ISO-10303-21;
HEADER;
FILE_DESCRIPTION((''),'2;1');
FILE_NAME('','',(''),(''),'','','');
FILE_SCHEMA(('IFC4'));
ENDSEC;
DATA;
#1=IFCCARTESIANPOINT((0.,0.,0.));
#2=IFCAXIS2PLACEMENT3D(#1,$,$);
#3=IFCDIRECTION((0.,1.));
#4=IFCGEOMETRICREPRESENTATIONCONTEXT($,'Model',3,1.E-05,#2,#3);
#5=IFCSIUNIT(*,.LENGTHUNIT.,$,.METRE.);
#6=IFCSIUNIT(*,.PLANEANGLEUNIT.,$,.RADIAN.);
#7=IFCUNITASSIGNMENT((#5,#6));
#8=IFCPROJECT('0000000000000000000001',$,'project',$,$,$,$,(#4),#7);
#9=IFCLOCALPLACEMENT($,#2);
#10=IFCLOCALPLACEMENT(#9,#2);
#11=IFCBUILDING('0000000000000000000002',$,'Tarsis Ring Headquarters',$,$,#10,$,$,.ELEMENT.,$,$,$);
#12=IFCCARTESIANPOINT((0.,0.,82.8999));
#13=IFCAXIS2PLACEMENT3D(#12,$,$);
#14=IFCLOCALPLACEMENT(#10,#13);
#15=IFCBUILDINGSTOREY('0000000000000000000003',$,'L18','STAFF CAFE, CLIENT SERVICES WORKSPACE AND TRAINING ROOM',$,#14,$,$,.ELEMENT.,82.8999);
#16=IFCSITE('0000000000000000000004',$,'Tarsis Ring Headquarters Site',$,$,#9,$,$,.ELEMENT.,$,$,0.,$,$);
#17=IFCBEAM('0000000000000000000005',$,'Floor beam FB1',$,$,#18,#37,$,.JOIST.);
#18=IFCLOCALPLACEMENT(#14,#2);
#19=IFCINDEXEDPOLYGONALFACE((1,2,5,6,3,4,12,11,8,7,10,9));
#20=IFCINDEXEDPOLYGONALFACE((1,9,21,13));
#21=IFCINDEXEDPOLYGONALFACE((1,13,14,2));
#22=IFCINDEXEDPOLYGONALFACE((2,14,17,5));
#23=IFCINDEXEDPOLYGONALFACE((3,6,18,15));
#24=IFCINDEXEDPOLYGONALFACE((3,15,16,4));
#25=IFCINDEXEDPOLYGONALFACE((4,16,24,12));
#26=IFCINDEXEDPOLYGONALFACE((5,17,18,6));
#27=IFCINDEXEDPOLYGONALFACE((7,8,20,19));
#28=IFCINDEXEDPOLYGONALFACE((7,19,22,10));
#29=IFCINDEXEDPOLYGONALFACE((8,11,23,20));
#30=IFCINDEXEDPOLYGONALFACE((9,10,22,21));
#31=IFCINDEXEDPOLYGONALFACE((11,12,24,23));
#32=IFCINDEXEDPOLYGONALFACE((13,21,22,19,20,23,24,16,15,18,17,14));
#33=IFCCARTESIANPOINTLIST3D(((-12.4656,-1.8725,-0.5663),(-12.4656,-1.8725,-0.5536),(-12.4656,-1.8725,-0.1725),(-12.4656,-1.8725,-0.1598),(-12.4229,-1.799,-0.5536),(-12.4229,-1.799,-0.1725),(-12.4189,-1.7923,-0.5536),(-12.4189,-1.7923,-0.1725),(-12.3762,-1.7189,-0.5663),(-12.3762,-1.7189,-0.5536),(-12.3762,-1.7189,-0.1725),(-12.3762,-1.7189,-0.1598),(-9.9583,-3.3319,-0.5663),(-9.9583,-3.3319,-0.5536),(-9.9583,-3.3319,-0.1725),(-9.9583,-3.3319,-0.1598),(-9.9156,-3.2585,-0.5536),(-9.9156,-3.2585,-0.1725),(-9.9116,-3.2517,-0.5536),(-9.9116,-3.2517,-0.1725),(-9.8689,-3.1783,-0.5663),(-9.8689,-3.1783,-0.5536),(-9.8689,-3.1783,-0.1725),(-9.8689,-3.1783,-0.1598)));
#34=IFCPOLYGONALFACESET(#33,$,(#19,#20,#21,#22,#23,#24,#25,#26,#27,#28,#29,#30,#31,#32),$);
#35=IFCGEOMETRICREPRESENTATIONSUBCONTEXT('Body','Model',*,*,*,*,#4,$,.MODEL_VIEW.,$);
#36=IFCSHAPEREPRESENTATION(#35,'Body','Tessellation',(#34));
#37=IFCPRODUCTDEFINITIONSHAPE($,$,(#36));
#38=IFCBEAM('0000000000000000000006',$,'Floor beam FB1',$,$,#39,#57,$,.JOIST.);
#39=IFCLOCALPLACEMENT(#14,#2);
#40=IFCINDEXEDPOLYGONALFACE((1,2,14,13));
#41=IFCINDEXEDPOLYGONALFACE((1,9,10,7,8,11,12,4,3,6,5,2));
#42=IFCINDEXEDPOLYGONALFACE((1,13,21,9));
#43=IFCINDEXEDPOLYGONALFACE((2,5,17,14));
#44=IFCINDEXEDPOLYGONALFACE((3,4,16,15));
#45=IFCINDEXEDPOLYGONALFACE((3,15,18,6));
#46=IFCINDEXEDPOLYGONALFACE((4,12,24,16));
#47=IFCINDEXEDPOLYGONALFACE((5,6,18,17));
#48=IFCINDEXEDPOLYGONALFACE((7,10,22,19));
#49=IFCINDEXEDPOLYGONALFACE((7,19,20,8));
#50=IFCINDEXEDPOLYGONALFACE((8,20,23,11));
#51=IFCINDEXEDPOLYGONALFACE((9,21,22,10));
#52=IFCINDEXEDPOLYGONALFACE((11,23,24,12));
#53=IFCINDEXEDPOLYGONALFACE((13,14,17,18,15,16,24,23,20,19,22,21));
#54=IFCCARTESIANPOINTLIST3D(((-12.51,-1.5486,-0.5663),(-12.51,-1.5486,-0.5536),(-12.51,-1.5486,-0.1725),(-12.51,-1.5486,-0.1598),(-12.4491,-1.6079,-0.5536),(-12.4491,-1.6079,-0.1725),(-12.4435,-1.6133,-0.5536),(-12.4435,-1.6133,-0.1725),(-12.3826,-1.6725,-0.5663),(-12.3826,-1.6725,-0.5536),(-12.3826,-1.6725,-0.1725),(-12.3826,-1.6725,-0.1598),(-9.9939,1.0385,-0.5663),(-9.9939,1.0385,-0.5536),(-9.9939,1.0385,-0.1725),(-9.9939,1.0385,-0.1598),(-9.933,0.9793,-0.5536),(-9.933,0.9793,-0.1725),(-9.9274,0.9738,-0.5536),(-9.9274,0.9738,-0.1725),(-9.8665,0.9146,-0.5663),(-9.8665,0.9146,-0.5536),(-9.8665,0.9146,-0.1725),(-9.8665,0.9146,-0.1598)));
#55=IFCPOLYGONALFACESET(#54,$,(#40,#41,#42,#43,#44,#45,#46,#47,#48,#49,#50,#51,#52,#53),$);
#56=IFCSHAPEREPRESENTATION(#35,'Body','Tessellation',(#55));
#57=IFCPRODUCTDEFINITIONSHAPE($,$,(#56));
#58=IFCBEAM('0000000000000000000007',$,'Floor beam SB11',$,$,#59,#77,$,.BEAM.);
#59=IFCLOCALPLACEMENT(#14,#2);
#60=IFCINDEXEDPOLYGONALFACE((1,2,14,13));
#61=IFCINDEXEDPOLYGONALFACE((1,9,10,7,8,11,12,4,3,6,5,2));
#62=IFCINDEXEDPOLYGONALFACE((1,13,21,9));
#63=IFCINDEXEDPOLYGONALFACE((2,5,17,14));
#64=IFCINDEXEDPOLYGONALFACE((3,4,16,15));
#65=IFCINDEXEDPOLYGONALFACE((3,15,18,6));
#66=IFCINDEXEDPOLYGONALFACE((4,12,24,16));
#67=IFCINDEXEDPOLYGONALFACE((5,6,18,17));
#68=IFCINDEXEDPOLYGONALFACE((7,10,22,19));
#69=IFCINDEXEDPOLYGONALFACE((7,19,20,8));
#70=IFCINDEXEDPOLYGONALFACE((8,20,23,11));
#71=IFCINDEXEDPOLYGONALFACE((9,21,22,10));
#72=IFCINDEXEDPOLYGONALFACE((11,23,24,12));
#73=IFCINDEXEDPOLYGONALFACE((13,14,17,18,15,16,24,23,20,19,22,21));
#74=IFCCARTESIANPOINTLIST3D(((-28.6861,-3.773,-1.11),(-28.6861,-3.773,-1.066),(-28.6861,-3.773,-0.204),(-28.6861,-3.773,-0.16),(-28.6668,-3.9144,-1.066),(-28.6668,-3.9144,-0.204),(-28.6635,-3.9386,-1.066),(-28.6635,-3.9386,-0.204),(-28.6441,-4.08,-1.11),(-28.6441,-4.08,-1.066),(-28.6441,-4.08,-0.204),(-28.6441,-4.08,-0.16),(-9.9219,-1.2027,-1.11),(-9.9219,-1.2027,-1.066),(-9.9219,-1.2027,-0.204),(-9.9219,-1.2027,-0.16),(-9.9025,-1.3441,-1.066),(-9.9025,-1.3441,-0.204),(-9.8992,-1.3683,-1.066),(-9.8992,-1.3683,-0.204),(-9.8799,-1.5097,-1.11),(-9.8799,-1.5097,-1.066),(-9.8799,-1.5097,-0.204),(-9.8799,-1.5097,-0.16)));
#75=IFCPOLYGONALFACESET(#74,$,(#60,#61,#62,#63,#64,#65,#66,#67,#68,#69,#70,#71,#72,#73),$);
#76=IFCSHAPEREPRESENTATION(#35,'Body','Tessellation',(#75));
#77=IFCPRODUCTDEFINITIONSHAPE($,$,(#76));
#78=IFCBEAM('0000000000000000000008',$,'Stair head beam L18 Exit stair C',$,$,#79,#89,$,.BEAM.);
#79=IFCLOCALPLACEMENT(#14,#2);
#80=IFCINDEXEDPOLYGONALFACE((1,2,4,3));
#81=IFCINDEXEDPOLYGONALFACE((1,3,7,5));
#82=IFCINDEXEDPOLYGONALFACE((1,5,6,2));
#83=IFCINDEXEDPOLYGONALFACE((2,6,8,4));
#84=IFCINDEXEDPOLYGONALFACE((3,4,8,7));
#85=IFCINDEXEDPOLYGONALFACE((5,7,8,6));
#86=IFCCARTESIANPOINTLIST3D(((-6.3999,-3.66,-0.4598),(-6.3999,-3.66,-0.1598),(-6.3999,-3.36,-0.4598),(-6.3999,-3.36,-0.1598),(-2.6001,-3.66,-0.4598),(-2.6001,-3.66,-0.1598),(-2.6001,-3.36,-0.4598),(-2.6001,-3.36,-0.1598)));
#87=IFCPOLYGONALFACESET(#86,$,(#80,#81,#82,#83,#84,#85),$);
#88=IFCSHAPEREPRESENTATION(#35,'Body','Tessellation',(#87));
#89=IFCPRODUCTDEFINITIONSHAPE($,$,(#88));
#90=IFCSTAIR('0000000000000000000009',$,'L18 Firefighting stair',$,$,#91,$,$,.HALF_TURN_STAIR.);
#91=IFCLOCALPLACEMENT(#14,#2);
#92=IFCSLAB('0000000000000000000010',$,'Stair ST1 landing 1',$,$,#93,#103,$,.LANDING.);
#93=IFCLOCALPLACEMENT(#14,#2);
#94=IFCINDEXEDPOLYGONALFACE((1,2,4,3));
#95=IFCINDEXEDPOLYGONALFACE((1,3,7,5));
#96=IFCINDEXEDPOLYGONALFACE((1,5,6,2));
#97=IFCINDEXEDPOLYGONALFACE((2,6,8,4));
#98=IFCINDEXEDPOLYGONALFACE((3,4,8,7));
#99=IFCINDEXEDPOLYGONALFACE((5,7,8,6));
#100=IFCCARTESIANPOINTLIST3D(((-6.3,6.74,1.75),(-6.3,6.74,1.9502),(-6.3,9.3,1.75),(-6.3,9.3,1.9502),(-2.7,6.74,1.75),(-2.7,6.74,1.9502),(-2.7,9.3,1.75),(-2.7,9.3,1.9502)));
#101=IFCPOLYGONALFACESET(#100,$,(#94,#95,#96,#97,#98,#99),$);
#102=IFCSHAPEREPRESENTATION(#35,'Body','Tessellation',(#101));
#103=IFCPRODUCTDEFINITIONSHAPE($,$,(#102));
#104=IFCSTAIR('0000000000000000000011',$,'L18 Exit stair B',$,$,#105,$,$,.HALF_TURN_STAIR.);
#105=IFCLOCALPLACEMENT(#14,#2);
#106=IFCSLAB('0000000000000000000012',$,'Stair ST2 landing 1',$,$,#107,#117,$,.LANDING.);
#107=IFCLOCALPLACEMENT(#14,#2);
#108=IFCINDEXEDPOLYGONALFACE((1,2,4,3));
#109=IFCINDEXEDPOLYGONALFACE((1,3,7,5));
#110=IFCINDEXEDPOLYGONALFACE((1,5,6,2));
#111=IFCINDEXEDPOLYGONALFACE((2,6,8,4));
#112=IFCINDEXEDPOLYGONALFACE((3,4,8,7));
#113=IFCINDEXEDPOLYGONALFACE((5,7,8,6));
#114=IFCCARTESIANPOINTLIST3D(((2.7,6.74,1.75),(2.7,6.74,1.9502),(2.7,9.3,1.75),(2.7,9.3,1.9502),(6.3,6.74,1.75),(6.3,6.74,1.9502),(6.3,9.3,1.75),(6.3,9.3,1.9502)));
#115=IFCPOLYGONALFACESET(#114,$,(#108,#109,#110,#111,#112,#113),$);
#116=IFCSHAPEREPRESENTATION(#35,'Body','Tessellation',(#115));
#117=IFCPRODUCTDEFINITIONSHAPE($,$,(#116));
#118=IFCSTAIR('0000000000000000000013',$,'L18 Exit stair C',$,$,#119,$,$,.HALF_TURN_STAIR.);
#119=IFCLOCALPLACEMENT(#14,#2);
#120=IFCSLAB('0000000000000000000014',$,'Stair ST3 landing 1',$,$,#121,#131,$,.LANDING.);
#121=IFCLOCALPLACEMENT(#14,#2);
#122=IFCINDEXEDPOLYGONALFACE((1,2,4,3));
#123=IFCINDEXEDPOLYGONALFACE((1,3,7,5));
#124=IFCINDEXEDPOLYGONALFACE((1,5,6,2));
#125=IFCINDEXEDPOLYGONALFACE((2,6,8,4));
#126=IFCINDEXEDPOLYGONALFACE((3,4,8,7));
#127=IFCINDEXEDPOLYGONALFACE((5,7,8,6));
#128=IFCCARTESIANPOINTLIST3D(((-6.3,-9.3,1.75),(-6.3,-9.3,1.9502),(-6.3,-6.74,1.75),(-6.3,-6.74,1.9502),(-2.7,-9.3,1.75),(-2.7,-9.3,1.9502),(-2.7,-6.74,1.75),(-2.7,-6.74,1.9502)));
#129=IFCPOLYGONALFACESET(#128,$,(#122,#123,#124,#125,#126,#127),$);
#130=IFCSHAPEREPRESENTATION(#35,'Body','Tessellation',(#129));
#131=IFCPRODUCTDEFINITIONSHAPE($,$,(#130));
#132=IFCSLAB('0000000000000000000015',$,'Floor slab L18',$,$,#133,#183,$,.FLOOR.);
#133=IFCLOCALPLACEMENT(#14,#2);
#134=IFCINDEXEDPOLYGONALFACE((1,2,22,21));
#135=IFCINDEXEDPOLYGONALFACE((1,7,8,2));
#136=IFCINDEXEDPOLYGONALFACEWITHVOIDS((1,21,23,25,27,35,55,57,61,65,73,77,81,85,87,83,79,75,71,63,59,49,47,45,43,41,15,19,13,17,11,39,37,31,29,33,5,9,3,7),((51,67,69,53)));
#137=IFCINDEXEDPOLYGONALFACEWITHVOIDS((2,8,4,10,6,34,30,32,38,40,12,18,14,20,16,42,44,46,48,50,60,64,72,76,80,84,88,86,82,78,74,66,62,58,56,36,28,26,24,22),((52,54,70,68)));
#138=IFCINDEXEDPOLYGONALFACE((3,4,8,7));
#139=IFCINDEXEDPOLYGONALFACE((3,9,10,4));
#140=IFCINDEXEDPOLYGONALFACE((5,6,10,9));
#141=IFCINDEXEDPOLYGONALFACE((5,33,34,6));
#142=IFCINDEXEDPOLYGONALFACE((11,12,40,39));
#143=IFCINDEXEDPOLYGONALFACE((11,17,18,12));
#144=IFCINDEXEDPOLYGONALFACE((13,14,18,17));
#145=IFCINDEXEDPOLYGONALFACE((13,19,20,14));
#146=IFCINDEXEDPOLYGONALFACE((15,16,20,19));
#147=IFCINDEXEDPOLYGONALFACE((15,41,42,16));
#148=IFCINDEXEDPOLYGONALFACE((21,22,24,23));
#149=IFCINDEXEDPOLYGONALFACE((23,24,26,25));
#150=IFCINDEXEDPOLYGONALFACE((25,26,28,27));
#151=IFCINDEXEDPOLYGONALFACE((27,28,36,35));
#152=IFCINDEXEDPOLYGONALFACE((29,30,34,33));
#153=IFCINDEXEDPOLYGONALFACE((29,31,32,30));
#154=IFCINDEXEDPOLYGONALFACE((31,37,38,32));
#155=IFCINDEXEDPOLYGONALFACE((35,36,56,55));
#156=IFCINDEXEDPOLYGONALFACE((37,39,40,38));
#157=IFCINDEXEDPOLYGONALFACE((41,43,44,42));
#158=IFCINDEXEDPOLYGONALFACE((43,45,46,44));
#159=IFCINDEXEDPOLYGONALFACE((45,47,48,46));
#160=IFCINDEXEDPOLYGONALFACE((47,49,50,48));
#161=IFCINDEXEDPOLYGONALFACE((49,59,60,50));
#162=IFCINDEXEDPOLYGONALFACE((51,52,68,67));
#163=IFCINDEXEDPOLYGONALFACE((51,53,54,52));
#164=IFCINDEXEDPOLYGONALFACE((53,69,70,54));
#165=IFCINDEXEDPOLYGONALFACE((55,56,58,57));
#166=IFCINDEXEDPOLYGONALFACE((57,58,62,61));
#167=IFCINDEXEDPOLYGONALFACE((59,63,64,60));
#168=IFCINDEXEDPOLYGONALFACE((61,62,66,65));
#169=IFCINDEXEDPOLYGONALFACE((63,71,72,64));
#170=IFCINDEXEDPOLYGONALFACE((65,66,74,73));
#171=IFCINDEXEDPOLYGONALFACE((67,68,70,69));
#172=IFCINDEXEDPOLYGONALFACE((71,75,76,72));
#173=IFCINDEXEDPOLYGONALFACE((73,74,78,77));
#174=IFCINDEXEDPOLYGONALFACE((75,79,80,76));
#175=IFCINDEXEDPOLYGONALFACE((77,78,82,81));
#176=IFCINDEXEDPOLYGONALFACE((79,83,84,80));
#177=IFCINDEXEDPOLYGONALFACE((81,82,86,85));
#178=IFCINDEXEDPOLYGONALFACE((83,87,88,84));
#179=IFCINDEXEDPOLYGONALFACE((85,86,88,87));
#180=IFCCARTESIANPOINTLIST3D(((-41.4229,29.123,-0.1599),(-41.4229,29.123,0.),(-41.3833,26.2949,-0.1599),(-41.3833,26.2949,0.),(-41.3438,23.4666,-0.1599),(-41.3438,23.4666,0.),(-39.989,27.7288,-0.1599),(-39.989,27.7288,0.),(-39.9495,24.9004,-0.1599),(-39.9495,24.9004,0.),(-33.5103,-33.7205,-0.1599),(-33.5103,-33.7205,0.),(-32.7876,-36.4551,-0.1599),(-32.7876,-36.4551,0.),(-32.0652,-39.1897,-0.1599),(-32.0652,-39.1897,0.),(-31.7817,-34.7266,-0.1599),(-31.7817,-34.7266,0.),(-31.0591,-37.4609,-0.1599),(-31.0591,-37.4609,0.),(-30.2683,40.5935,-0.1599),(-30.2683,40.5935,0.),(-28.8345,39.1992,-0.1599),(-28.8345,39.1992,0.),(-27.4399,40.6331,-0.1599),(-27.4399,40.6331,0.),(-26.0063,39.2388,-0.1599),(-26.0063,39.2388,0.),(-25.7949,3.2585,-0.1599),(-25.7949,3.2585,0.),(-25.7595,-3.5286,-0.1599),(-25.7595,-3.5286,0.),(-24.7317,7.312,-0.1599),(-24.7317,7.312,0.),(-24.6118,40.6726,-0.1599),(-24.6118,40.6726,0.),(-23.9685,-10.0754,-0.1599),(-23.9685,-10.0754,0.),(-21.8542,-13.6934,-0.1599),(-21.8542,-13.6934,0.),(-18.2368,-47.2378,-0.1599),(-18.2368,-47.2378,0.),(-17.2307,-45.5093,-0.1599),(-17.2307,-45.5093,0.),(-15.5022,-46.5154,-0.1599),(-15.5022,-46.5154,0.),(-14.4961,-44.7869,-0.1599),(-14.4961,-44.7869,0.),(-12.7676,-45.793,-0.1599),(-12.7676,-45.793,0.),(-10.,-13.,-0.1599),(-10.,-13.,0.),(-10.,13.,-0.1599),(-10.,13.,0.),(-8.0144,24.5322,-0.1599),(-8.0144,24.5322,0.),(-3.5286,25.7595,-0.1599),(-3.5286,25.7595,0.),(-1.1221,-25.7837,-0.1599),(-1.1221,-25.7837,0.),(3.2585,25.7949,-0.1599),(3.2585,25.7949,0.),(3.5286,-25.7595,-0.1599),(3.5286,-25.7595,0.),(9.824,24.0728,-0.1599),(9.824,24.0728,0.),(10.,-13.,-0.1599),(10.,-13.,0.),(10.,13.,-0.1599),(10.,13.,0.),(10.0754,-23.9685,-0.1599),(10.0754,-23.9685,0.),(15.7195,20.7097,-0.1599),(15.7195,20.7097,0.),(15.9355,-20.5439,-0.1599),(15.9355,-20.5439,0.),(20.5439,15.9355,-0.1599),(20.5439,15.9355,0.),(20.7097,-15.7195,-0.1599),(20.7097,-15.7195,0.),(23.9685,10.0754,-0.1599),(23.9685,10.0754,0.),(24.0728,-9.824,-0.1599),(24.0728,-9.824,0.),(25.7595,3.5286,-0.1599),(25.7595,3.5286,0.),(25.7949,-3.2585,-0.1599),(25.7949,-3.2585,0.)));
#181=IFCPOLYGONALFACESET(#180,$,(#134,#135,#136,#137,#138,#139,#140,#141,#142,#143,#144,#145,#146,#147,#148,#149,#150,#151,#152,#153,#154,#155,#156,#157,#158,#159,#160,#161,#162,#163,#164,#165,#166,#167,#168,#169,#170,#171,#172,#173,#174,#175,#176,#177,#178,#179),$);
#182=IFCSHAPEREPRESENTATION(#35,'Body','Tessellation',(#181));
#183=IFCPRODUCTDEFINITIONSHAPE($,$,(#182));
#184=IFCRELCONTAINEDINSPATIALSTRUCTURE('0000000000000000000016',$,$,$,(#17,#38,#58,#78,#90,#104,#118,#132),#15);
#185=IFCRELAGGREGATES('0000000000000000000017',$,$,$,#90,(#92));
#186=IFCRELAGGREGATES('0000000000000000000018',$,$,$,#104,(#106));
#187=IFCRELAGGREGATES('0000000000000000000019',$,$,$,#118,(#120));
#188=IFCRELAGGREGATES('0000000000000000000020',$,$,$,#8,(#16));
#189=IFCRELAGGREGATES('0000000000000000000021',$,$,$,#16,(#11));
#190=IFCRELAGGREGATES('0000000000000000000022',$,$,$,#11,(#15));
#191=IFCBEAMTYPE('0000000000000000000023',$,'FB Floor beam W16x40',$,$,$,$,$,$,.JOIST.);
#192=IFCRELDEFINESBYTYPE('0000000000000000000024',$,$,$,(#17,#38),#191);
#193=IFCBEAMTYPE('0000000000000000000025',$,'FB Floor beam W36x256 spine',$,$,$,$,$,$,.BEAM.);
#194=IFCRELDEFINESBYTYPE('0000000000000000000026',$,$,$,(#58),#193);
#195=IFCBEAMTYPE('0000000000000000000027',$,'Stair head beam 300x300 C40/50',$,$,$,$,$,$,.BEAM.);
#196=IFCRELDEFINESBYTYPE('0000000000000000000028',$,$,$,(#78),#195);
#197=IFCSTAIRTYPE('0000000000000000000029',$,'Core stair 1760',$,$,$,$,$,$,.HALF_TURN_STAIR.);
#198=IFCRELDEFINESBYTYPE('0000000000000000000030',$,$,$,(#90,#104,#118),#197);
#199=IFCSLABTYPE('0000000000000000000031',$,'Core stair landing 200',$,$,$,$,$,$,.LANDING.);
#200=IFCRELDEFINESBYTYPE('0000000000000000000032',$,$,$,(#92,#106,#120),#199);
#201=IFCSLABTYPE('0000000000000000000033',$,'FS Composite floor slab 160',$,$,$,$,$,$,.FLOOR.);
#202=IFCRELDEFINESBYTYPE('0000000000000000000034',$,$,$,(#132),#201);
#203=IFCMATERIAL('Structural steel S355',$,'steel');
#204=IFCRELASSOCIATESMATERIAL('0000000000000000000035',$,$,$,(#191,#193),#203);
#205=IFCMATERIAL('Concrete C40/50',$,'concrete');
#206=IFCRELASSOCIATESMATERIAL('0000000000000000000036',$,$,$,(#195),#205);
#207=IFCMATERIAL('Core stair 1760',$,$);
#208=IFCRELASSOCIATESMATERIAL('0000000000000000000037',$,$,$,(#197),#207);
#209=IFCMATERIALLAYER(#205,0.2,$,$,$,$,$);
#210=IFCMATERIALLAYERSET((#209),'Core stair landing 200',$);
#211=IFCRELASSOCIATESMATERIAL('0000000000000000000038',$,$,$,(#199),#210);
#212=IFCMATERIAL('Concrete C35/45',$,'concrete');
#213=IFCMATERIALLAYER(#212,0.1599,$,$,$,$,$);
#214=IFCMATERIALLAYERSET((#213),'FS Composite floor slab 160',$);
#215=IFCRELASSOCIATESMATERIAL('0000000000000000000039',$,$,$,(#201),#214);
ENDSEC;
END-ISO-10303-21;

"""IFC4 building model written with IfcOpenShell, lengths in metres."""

from ifc_helpers import new_model, si_unit, direction, frame, origin, origin_2d, place, context, subcontext, project, spatial, polyline, rectangle, i_section, outline, extrude, material, layer, layer_set, material_profile, profile_set, type_object, element, aggregate, save


model = new_model("IFC4")

# Units and contexts
model_context = context("Model", 3, precision=1e-05, world=origin(), true_north=direction((0.0, 1.0)))
body_context = subcontext(model_context, "Body", "Model", "MODEL_VIEW")
ifc_project = project(units=[si_unit("LENGTHUNIT", "METRE"), si_unit("PLANEANGLEUNIT", "RADIAN")], contexts=[model_context])

# Site, building, storey
site_placement = place(None, origin())
site = spatial("IfcSite", under=ifc_project, at=site_placement, Name="Tarsis Ring Headquarters Site", CompositionType="ELEMENT", RefElevation=0.0)
building_placement = place(site_placement, origin())
building = spatial("IfcBuilding", under=site, at=building_placement, Name="Tarsis Ring Headquarters", CompositionType="ELEMENT")
storey_placement = place(building_placement, frame((0.0, 0.0, 82.8999)))
storey = spatial("IfcBuildingStorey", under=building, at=storey_placement, Name="L18", Description="STAFF CAFE, CLIENT SERVICES WORKSPACE AND TRAINING ROOM", CompositionType="ELEMENT", Elevation=82.8999)

# Beams
ifc_material_1 = material(Name="Structural steel S355", Category="steel")
ifc_material_profile_1 = material_profile(ifc_material_1, i_section(OverallWidth=0.1777, OverallDepth=0.4065, WebThickness=0.0078, FlangeThickness=0.0127, at=origin_2d()), Name="W16x40")
ifc_profile_set_1 = profile_set([ifc_material_profile_1], Name="Structural steel S355")
beam_type_1 = type_object("IfcBeamType", Name="FB Floor beam W16x40", PredefinedType="JOIST", material=ifc_profile_set_1)
beam_1_placement = place(storey_placement, frame((-12.4209, -1.7957, -0.363), z_axis=(0.864249, -0.503065, 0.0), x_axis=(0.503065, 0.864249, 0.0)))
element("IfcBeam", 1, at=beam_1_placement, inside=storey, type_object=beam_type_1, Name="Floor beam FB1", PredefinedType="JOIST", context=body_context, shape_type="SweptSolid", body=[
    extrude(i_section(OverallWidth=0.1777, OverallDepth=0.4065, WebThickness=0.0078, FlangeThickness=0.0127, at=origin_2d()), origin(), (0.0, 0.0, 1.0), 2.9011),
])
beam_2_placement = place(storey_placement, frame((-9.9302, 0.9766, -0.363), z_axis=(-0.697195, -0.716881, 0.0), x_axis=(0.716881, -0.697195, 0.0)))
element("IfcBeam", 2, at=beam_2_placement, inside=storey, type_object=beam_type_1, Name="Floor beam FB1", PredefinedType="JOIST", context=body_context, shape_type="SweptSolid", body=[
    extrude(i_section(OverallWidth=0.1777, OverallDepth=0.4065, WebThickness=0.0078, FlangeThickness=0.0127, at=origin_2d()), origin(), (0.0, 0.0, 1.0), 3.6089),
])
ifc_material_profile_2 = material_profile(ifc_material_1, i_section(OverallWidth=0.3098, OverallDepth=0.95, WebThickness=0.0244, FlangeThickness=0.0439, at=origin_2d()), Name="W36x256")
ifc_profile_set_2 = profile_set([ifc_material_profile_2], Name="Structural steel S355")
beam_type_2 = type_object("IfcBeamType", Name="FB Floor beam W36x256 spine", PredefinedType="BEAM", material=ifc_profile_set_2)
beam_3_placement = place(storey_placement, frame((-9.9009, -1.3562, -0.635), z_axis=(-0.990748, -0.135713, 0.0), x_axis=(0.135713, -0.990748, 0.0)))
element("IfcBeam", 3, at=beam_3_placement, inside=storey, type_object=beam_type_2, Name="Floor beam SB11", PredefinedType="BEAM", context=body_context, shape_type="SweptSolid", body=[
    extrude(i_section(OverallWidth=0.3098, OverallDepth=0.95, WebThickness=0.0244, FlangeThickness=0.0439, at=origin_2d()), origin(), (0.0, 0.0, 1.0), 18.9395),
])
ifc_material_2 = material(Name="Concrete C40/50", Category="concrete")
ifc_material_profile_3 = material_profile(ifc_material_2, rectangle(XDim=0.3, YDim=0.3, at=origin_2d()), Name="Stair head beam 300x300 C40/50")
ifc_profile_set_3 = profile_set([ifc_material_profile_3], Name="Concrete C40/50")
beam_type_3 = type_object("IfcBeamType", Name="Stair head beam 300x300 C40/50", PredefinedType="BEAM", material=ifc_profile_set_3)
beam_4_placement = place(storey_placement, frame((-6.3999, -3.51, -0.3098), z_axis=(1.0, 0.0, 0.0), x_axis=(0.0, 1.0, 0.0)))
element("IfcBeam", 4, at=beam_4_placement, inside=storey, type_object=beam_type_3, Name="Stair head beam L18 Exit stair C", PredefinedType="BEAM", context=body_context, shape_type="SweptSolid", body=[
    extrude(rectangle(XDim=0.3, YDim=0.3, at=origin_2d()), origin(), (0.0, 0.0, 1.0), 3.7998),
])

# Stairs, slabs
ifc_material_3 = material(Name="Core stair 1760")
stair_type = type_object("IfcStairType", Name="Core stair 1760", PredefinedType="HALF_TURN_STAIR", material=ifc_material_3)
stair_1_placement = place(storey_placement, origin())
stair_1 = element("IfcStair", 5, at=stair_1_placement, inside=storey, type_object=stair_type, Name="L18 Firefighting stair", PredefinedType="HALF_TURN_STAIR")
ifc_layer_1 = layer(ifc_material_2, 0.2)
ifc_layer_set_1 = layer_set([ifc_layer_1], Name="Core stair landing 200")
slab_type_1 = type_object("IfcSlabType", Name="Core stair landing 200", PredefinedType="LANDING", material=ifc_layer_set_1)
slab_1_placement = place(storey_placement, frame((0.0, 0.0, 1.75)))
slab_1 = element("IfcSlab", 6, at=slab_1_placement, type_object=slab_type_1, Name="Stair ST1 landing 1", PredefinedType="LANDING", context=body_context, shape_type="SweptSolid", body=[
    extrude(outline(polyline([(-2.7, 6.74), (-2.7, 9.3), (-6.3, 9.3), (-6.3, 6.74), (-2.7, 6.74)])), origin(), (0.0, 0.0, 1.0), 0.2002),
])
aggregate(stair_1, [slab_1])
stair_2_placement = place(storey_placement, origin())
stair_2 = element("IfcStair", 7, at=stair_2_placement, inside=storey, type_object=stair_type, Name="L18 Exit stair B", PredefinedType="HALF_TURN_STAIR")
slab_2_placement = place(storey_placement, frame((0.0, 0.0, 1.75)))
slab_2 = element("IfcSlab", 8, at=slab_2_placement, type_object=slab_type_1, Name="Stair ST2 landing 1", PredefinedType="LANDING", context=body_context, shape_type="SweptSolid", body=[
    extrude(outline(polyline([(6.3, 6.74), (6.3, 9.3), (2.7, 9.3), (2.7, 6.74), (6.3, 6.74)])), origin(), (0.0, 0.0, 1.0), 0.2002),
])
aggregate(stair_2, [slab_2])
stair_3_placement = place(storey_placement, origin())
stair_3 = element("IfcStair", 9, at=stair_3_placement, inside=storey, type_object=stair_type, Name="L18 Exit stair C", PredefinedType="HALF_TURN_STAIR")
slab_3_placement = place(storey_placement, frame((0.0, 0.0, 1.75)))
slab_3 = element("IfcSlab", 10, at=slab_3_placement, type_object=slab_type_1, Name="Stair ST3 landing 1", PredefinedType="LANDING", context=body_context, shape_type="SweptSolid", body=[
    extrude(outline(polyline([(-6.3, -6.74), (-6.3, -9.3), (-2.7, -9.3), (-2.7, -6.74), (-6.3, -6.74)])), origin(), (0.0, 0.0, 1.0), 0.2002),
])
aggregate(stair_3, [slab_3])

# Slab
ifc_material_4 = material(Name="Concrete C35/45", Category="concrete")
ifc_layer_2 = layer(ifc_material_4, 0.1599)
ifc_layer_set_2 = layer_set([ifc_layer_2], Name="FS Composite floor slab 160")
slab_type_2 = type_object("IfcSlabType", Name="FS Composite floor slab 160", PredefinedType="FLOOR", material=ifc_layer_set_2)
slab_4_placement = place(storey_placement, frame((0.0, 0.0, -0.1599)))
element("IfcSlab", 11, at=slab_4_placement, inside=storey, type_object=slab_type_2, Name="Floor slab L18", PredefinedType="FLOOR", context=body_context, shape_type="SweptSolid", body=[
    extrude(outline(polyline([(-24.7317, 7.312), (-25.7949, 3.2585), (-25.7595, -3.5286), (-23.9685, -10.0754), (-21.8542, -13.6934), (-33.5103, -33.7205), (-31.7817, -34.7266), (-32.7876, -36.4551), (-31.0591, -37.4609), (-32.0652, -39.1897), (-18.2368, -47.2378), (-17.2307, -45.5093), (-15.5022, -46.5154), (-14.4961, -44.7869), (-12.7676, -45.793), (-1.1221, -25.7837), (3.5286, -25.7595), (10.0754, -23.9685), (15.9355, -20.5439), (20.7097, -15.7195), (24.0728, -9.824), (25.7949, -3.2585), (25.7595, 3.5286), (23.9685, 10.0754), (20.5439, 15.9355), (15.7195, 20.7097), (9.824, 24.0728), (3.2585, 25.7949), (-3.5286, 25.7595), (-8.0144, 24.5322), (-24.6118, 40.6726), (-26.0063, 39.2388), (-27.4399, 40.6331), (-28.8345, 39.1992), (-30.2683, 40.5935), (-41.4229, 29.123), (-39.989, 27.7288), (-41.3833, 26.2949), (-39.9495, 24.9004), (-41.3438, 23.4666), (-24.7317, 7.312)]), holes=[polyline([(-10.0, -13.0), (-10.0, 13.0), (10.0, 13.0), (10.0, -13.0), (-10.0, -13.0)])]), origin(), (0.0, 0.0, 1.0), 0.1599),
])

save(model, "model.ifc")
